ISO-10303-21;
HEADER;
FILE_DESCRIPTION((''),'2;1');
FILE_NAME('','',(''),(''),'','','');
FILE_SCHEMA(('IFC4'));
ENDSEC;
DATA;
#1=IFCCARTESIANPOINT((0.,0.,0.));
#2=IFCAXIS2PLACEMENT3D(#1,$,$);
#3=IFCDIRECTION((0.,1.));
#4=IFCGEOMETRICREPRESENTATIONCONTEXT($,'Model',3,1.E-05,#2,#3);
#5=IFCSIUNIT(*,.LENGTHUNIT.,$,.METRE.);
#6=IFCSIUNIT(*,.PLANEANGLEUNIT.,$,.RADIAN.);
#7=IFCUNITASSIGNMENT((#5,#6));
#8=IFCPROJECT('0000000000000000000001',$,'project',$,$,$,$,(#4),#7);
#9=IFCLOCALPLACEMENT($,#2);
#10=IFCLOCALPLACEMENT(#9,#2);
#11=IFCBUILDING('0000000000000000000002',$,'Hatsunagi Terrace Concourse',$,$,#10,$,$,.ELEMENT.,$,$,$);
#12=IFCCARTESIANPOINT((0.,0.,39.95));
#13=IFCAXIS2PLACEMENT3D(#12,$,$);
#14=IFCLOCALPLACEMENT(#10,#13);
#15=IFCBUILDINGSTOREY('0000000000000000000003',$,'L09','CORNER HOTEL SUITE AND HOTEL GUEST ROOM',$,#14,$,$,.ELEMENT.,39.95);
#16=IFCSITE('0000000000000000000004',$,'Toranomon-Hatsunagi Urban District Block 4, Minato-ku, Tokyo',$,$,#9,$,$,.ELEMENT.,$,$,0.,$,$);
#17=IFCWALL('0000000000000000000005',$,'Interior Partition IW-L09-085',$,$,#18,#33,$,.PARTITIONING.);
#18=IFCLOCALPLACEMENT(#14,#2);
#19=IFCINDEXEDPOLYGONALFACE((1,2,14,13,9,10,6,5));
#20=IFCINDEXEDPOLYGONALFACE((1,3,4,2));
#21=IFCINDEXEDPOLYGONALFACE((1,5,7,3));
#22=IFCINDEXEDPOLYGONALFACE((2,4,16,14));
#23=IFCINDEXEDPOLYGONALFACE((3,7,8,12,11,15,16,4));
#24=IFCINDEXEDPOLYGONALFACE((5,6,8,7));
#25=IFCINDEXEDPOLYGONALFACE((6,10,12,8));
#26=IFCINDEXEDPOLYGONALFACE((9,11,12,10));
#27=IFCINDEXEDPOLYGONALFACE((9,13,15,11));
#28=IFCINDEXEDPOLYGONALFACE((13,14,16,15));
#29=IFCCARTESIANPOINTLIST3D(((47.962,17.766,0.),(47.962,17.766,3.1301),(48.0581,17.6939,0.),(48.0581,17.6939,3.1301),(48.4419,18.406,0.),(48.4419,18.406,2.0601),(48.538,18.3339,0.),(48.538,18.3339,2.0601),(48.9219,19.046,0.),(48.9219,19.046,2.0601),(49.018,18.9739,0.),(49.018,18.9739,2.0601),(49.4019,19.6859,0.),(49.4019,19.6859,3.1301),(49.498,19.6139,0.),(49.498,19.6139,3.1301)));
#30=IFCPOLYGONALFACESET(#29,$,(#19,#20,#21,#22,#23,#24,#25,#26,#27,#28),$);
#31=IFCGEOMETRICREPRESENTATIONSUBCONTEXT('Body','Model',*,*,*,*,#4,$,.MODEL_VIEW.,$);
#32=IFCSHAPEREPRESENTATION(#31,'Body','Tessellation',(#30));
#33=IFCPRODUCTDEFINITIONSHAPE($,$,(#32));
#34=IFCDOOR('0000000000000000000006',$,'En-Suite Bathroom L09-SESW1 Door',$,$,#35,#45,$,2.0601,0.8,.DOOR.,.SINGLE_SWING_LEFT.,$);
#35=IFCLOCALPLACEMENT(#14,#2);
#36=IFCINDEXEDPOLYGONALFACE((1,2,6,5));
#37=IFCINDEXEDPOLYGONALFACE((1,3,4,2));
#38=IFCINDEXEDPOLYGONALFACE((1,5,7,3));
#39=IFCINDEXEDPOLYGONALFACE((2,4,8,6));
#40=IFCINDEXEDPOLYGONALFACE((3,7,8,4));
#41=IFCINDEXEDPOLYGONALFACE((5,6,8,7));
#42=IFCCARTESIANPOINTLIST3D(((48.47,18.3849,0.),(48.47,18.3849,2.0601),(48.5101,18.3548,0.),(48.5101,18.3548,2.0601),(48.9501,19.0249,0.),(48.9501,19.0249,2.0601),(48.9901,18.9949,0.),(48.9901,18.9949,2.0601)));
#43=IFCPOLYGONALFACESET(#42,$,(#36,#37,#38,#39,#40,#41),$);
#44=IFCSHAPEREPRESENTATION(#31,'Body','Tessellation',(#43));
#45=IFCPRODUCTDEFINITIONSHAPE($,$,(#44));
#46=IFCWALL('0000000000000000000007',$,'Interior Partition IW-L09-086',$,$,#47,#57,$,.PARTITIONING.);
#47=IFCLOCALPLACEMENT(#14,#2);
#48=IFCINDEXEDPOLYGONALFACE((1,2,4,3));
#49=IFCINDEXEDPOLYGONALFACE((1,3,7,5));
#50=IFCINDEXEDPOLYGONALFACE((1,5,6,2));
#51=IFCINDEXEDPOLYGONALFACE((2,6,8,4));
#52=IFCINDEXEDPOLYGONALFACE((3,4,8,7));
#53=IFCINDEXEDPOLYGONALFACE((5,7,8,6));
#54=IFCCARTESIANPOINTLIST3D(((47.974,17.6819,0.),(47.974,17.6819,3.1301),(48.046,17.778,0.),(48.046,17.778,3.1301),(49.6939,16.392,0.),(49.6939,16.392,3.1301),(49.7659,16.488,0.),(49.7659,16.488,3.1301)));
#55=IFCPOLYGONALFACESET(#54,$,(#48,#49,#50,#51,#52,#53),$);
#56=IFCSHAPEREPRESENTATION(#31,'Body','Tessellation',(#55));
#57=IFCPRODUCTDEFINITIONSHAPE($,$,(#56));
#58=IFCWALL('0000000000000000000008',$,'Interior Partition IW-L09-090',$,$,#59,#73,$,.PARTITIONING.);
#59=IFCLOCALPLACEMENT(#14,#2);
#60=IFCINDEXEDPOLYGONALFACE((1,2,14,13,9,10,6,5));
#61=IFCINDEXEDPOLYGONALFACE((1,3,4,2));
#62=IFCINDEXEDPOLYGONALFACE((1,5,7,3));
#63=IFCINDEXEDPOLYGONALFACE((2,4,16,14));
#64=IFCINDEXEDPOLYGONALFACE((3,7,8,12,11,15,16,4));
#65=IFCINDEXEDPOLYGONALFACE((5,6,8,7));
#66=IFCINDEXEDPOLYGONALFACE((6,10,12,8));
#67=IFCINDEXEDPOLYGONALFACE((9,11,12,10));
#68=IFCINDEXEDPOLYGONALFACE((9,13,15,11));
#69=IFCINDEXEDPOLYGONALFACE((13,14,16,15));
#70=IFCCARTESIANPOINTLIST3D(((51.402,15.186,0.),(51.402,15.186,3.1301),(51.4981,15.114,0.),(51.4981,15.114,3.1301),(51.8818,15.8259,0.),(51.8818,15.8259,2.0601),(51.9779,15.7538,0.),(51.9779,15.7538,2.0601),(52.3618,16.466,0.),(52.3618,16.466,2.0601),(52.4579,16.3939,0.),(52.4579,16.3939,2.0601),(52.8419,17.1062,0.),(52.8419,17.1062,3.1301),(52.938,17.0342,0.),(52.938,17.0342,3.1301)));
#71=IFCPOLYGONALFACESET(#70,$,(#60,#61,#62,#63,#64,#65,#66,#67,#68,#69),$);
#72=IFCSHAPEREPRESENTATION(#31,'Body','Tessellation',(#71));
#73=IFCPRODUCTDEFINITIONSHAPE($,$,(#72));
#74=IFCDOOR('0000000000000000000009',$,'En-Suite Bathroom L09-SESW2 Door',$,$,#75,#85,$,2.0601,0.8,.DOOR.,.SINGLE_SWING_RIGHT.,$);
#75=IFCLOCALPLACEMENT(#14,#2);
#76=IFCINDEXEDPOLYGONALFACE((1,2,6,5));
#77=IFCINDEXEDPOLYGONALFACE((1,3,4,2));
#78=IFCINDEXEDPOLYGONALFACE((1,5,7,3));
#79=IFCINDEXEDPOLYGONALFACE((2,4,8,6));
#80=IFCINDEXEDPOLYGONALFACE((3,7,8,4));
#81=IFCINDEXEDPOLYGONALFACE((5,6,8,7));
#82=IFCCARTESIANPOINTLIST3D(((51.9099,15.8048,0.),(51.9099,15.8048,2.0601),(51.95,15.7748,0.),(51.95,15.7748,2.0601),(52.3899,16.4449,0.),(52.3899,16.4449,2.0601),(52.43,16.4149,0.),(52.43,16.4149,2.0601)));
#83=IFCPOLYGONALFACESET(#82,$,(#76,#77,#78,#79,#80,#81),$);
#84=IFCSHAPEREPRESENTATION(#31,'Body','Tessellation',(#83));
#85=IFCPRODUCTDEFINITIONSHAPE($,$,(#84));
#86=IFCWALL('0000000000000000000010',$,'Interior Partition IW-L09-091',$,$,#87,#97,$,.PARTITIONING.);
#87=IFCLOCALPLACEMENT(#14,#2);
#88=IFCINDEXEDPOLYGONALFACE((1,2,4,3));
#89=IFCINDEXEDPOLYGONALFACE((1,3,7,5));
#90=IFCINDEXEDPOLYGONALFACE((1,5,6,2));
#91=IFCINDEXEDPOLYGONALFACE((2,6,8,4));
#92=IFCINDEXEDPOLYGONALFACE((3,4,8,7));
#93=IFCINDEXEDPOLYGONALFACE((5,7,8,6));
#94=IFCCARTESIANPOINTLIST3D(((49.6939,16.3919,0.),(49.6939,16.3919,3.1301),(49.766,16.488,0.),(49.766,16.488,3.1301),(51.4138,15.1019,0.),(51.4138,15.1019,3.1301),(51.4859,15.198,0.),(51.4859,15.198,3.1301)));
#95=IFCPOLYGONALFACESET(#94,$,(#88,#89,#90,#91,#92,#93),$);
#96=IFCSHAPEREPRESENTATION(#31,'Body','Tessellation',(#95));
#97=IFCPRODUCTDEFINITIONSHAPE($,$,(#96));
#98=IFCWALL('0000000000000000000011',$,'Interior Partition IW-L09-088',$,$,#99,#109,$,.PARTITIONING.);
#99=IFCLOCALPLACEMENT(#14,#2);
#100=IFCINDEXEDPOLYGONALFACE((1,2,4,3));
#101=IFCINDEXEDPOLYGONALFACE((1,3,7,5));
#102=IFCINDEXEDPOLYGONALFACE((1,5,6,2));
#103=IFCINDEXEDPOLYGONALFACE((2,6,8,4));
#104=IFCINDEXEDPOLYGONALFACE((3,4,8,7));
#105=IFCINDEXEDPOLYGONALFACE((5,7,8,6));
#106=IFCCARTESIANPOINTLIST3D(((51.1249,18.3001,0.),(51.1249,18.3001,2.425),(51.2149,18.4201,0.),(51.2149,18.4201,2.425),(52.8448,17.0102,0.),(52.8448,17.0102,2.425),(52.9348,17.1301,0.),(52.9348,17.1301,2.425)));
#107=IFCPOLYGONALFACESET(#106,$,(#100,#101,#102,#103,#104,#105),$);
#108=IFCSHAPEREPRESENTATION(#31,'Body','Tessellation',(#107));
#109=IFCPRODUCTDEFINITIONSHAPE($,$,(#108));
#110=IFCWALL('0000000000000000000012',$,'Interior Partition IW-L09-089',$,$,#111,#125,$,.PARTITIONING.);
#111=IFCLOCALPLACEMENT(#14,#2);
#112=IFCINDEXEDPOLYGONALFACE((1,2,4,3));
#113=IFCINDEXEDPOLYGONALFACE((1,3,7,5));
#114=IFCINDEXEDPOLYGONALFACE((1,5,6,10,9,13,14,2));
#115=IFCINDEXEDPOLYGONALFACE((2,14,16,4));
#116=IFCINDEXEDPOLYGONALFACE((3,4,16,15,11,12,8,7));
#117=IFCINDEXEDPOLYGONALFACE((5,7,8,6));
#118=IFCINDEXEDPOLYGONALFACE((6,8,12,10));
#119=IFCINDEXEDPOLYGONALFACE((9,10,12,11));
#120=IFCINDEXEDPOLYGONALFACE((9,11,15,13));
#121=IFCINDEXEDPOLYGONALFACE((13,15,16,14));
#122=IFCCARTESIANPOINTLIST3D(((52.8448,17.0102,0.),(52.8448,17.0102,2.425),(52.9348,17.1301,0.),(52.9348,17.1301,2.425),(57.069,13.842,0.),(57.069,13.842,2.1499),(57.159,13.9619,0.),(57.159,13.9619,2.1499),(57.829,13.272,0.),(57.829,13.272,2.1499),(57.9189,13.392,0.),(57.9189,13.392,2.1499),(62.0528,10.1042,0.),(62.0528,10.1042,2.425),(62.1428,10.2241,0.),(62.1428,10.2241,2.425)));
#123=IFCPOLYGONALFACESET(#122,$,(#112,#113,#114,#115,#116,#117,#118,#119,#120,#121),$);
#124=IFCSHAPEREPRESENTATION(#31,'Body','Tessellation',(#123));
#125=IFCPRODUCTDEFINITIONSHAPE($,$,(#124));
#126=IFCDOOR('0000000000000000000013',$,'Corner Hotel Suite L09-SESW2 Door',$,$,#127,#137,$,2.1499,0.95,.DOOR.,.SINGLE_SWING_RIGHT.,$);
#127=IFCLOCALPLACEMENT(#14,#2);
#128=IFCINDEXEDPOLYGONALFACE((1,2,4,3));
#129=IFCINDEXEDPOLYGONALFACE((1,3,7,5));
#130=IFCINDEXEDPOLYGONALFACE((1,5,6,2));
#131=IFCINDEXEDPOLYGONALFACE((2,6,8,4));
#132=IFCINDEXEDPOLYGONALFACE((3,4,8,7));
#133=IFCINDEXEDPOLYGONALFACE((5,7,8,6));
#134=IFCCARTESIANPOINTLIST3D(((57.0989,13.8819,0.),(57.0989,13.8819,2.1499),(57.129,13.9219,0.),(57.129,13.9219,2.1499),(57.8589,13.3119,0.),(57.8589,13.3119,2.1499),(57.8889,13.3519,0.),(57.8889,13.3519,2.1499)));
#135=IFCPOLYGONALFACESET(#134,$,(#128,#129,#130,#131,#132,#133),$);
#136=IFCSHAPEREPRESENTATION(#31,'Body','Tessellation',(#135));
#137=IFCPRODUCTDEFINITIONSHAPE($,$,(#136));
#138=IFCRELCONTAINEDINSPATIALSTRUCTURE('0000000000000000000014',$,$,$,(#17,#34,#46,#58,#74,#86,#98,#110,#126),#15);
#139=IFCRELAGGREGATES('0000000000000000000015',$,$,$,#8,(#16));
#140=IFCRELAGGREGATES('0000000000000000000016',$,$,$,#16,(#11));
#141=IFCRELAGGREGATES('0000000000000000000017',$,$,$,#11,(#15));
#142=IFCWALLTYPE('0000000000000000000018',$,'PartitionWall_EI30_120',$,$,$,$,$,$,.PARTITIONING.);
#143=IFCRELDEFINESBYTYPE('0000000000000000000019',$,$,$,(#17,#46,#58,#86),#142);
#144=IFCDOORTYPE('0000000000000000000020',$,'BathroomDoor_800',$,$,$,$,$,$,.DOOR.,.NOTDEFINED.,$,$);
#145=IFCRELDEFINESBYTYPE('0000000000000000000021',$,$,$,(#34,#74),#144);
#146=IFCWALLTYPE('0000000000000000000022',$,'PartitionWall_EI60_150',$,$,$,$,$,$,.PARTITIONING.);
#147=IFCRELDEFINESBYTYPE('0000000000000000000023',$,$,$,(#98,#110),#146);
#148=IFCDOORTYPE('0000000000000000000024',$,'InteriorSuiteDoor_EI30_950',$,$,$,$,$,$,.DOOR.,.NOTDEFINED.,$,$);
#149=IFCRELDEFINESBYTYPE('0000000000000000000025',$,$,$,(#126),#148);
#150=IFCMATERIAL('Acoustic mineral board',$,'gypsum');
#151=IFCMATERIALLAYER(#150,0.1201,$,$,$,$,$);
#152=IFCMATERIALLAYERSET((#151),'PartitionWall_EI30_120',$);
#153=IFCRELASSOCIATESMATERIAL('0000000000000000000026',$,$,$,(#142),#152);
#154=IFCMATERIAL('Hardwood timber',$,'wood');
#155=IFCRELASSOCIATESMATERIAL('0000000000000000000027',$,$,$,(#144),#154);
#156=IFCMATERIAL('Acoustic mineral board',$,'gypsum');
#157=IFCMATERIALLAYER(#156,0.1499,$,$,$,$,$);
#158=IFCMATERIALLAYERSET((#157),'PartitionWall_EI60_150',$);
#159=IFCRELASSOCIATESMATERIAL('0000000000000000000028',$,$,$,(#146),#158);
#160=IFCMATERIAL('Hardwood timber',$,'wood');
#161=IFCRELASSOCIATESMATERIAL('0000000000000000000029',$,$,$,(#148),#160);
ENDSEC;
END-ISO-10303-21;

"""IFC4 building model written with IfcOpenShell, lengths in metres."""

from ifc_helpers import new_model, si_unit, direction, frame, frame_2d, origin, place, context, subcontext, project, spatial, rectangle, extrude, material, layer, layer_set, type_object, element, fill, save


model = new_model("IFC4")

# Units and contexts
model_context = context("Model", 3, precision=1e-05, world=origin(), true_north=direction((0.0, 1.0)))
body_context = subcontext(model_context, "Body", "Model", "MODEL_VIEW")
ifc_project = project(units=[si_unit("LENGTHUNIT", "METRE"), si_unit("PLANEANGLEUNIT", "RADIAN")], contexts=[model_context])

# Site, building, storey
site_placement = place(None, origin())
site = spatial("IfcSite", under=ifc_project, at=site_placement, Name="Toranomon-Hatsunagi Urban District Block 4, Minato-ku, Tokyo", CompositionType="ELEMENT", RefElevation=0.0)
building_placement = place(site_placement, origin())
building = spatial("IfcBuilding", under=site, at=building_placement, Name="Hatsunagi Terrace Concourse", CompositionType="ELEMENT")
storey_placement = place(building_placement, frame((0.0, 0.0, 39.95)))
storey = spatial("IfcBuildingStorey", under=building, at=storey_placement, Name="L09", Description="CORNER HOTEL SUITE AND HOTEL GUEST ROOM", CompositionType="ELEMENT", Elevation=39.95)

# Wall, opening, door
ifc_material_1 = material(Name="Acoustic mineral board", Category="gypsum")
ifc_layer_1 = layer(ifc_material_1, 0.1201)
ifc_layer_set_1 = layer_set([ifc_layer_1], Name="PartitionWall_EI30_120")
wall_type_1 = type_object("IfcWallType", Name="PartitionWall_EI30_120", PredefinedType="PARTITIONING", material=ifc_layer_set_1)
wall_1_placement = place(storey_placement, frame((48.01, 17.73, 0.0), z_axis=(0.0, 0.0, 1.0), x_axis=(0.6, 0.8, 0.0)))
wall_1 = element("IfcWall", 1, at=wall_1_placement, inside=storey, type_object=wall_type_1, Name="Interior Partition IW-L09-085", PredefinedType="PARTITIONING", context=body_context, shape_type="SweptSolid", body=[
    extrude(rectangle(XDim=2.3999, YDim=0.1201, at=frame_2d((1.2, 0.0))), origin(), (0.0, 0.0, 1.0), 3.1301),
])
opening_1_placement = place(wall_1_placement, frame((0.8, 0.0, 0.0)))
opening_1 = element("IfcOpeningElement", 2, at=opening_1_placement, cuts=wall_1, PredefinedType="OPENING", context=body_context, shape_type="SweptSolid", body=[
    extrude(rectangle(XDim=0.8, YDim=2.0601, at=frame_2d((0.3999, 1.03))), frame((0.0, 0.0701, 0.0), z_axis=(0.0, -1.0, 0.0), x_axis=(1.0, 0.0, 0.0)), (0.0, 0.0, 1.0), 0.1401),
])
ifc_material_2 = material(Name="Hardwood timber", Category="wood")
door_type_1 = type_object("IfcDoorType", Name="BathroomDoor_800", OperationType="NOTDEFINED", PredefinedType="DOOR", material=ifc_material_2)
door_1_placement = place(opening_1_placement, origin())
door_1 = element("IfcDoor", 3, at=door_1_placement, inside=storey, type_object=door_type_1, Name="En-Suite Bathroom L09-SESW1 Door", OperationType="SINGLE_SWING_LEFT", OverallHeight=2.0601, OverallWidth=0.8, PredefinedType="DOOR", context=body_context, shape_type="SweptSolid", body=[
    extrude(rectangle(XDim=0.8, YDim=2.0601, at=frame_2d((0.3999, 1.03))), frame((0.0, 0.0249, 0.0), z_axis=(0.0, -1.0, 0.0), x_axis=(1.0, 0.0, 0.0)), (0.0, 0.0, 1.0), 0.05),
])
fill(opening_1, door_1)

# Wall
wall_2_placement = place(storey_placement, frame((48.01, 17.73, 0.0), z_axis=(0.0, 0.0, 1.0), x_axis=(0.799986, -0.600018, 0.0)))
element("IfcWall", 4, at=wall_2_placement, inside=storey, type_object=wall_type_1, Name="Interior Partition IW-L09-086", PredefinedType="PARTITIONING", context=body_context, shape_type="SweptSolid", body=[
    extrude(rectangle(XDim=2.1499, YDim=0.1201, at=frame_2d((1.075, 0.0))), origin(), (0.0, 0.0, 1.0), 3.1301),
])

# Wall, opening, door
wall_3_placement = place(storey_placement, frame((51.45, 15.1499, 0.0), z_axis=(0.0, 0.0, 1.0), x_axis=(0.599951, 0.800037, 0.0)))
wall_3 = element("IfcWall", 5, at=wall_3_placement, inside=storey, type_object=wall_type_1, Name="Interior Partition IW-L09-090", PredefinedType="PARTITIONING", context=body_context, shape_type="SweptSolid", body=[
    extrude(rectangle(XDim=2.4001, YDim=0.1201, at=frame_2d((1.2002, 0.0))), origin(), (0.0, 0.0, 1.0), 3.1301),
])
opening_2_placement = place(wall_3_placement, frame((0.8, 0.0, 0.0)))
opening_2 = element("IfcOpeningElement", 6, at=opening_2_placement, cuts=wall_3, PredefinedType="OPENING", context=body_context, shape_type="SweptSolid", body=[
    extrude(rectangle(XDim=0.8, YDim=2.0601, at=frame_2d((0.3999, 1.03))), frame((0.0, 0.0701, 0.0), z_axis=(0.0, -1.0, 0.0), x_axis=(1.0, 0.0, 0.0)), (0.0, 0.0, 1.0), 0.1401),
])
door_2_placement = place(opening_2_placement, origin())
door_2 = element("IfcDoor", 7, at=door_2_placement, inside=storey, type_object=door_type_1, Name="En-Suite Bathroom L09-SESW2 Door", OperationType="SINGLE_SWING_RIGHT", OverallHeight=2.0601, OverallWidth=0.8, PredefinedType="DOOR", context=body_context, shape_type="SweptSolid", body=[
    extrude(rectangle(XDim=0.8, YDim=2.0601, at=frame_2d((0.3999, 1.03))), frame((0.0, 0.0249, 0.0), z_axis=(0.0, -1.0, 0.0), x_axis=(1.0, 0.0, 0.0)), (0.0, 0.0, 1.0), 0.05),
])
fill(opening_2, door_2)

# Walls
wall_4_placement = place(storey_placement, frame((49.73, 16.4399, 0.0), z_axis=(0.0, 0.0, 1.0), x_axis=(0.799986, -0.600018, 0.0)))
element("IfcWall", 8, at=wall_4_placement, inside=storey, type_object=wall_type_1, Name="Interior Partition IW-L09-091", PredefinedType="PARTITIONING", context=body_context, shape_type="SweptSolid", body=[
    extrude(rectangle(XDim=2.1499, YDim=0.1201, at=frame_2d((1.075, 0.0))), origin(), (0.0, 0.0, 1.0), 3.1301),
])
ifc_material_3 = material(Name="Acoustic mineral board", Category="gypsum")
ifc_layer_2 = layer(ifc_material_3, 0.1499)
ifc_layer_set_2 = layer_set([ifc_layer_2], Name="PartitionWall_EI60_150")
wall_type_2 = type_object("IfcWallType", Name="PartitionWall_EI60_150", PredefinedType="PARTITIONING", material=ifc_layer_set_2)
wall_5_placement = place(storey_placement, frame((51.1699, 18.3601, 0.0), z_axis=(0.0, 0.0, 1.0), x_axis=(0.799986, -0.600018, 0.0)))
element("IfcWall", 9, at=wall_5_placement, inside=storey, type_object=wall_type_2, Name="Interior Partition IW-L09-088", PredefinedType="PARTITIONING", context=body_context, shape_type="SweptSolid", body=[
    extrude(rectangle(XDim=2.1499, YDim=0.1499, at=frame_2d((1.075, 0.0))), origin(), (0.0, 0.0, 1.0), 2.425),
])

# Wall, opening, door
wall_6_placement = place(storey_placement, frame((52.8899, 17.0701, 0.0), z_axis=(0.0, 0.0, 1.0), x_axis=(0.8, -0.6, 0.0)))
wall_6 = element("IfcWall", 10, at=wall_6_placement, inside=storey, type_object=wall_type_2, Name="Interior Partition IW-L09-089", PredefinedType="PARTITIONING", context=body_context, shape_type="SweptSolid", body=[
    extrude(rectangle(XDim=11.51, YDim=0.1499, at=frame_2d((5.7549, 0.0))), origin(), (0.0, 0.0, 1.0), 2.425),
])
opening_3_placement = place(wall_6_placement, frame((5.28, 0.0, 0.0)))
opening_3 = element("IfcOpeningElement", 11, at=opening_3_placement, cuts=wall_6, PredefinedType="OPENING", context=body_context, shape_type="SweptSolid", body=[
    extrude(rectangle(XDim=0.95, YDim=2.1499, at=frame_2d((0.4751, 1.075))), frame((0.0, 0.085, 0.0), z_axis=(0.0, -1.0, 0.0), x_axis=(1.0, 0.0, 0.0)), (0.0, 0.0, 1.0), 0.1699),
])
ifc_material_4 = material(Name="Hardwood timber", Category="wood")
door_type_2 = type_object("IfcDoorType", Name="InteriorSuiteDoor_EI30_950", OperationType="NOTDEFINED", PredefinedType="DOOR", material=ifc_material_4)
door_3_placement = place(opening_3_placement, origin())
door_3 = element("IfcDoor", 12, at=door_3_placement, inside=storey, type_object=door_type_2, Name="Corner Hotel Suite L09-SESW2 Door", OperationType="SINGLE_SWING_RIGHT", OverallHeight=2.1499, OverallWidth=0.95, PredefinedType="DOOR", context=body_context, shape_type="SweptSolid", body=[
    extrude(rectangle(XDim=0.95, YDim=2.1499, at=frame_2d((0.4751, 1.075))), frame((0.0, 0.0249, 0.0), z_axis=(0.0, -1.0, 0.0), x_axis=(1.0, 0.0, 0.0)), (0.0, 0.0, 1.0), 0.05),
])
fill(opening_3, door_3)

save(model, "model.ifc")
